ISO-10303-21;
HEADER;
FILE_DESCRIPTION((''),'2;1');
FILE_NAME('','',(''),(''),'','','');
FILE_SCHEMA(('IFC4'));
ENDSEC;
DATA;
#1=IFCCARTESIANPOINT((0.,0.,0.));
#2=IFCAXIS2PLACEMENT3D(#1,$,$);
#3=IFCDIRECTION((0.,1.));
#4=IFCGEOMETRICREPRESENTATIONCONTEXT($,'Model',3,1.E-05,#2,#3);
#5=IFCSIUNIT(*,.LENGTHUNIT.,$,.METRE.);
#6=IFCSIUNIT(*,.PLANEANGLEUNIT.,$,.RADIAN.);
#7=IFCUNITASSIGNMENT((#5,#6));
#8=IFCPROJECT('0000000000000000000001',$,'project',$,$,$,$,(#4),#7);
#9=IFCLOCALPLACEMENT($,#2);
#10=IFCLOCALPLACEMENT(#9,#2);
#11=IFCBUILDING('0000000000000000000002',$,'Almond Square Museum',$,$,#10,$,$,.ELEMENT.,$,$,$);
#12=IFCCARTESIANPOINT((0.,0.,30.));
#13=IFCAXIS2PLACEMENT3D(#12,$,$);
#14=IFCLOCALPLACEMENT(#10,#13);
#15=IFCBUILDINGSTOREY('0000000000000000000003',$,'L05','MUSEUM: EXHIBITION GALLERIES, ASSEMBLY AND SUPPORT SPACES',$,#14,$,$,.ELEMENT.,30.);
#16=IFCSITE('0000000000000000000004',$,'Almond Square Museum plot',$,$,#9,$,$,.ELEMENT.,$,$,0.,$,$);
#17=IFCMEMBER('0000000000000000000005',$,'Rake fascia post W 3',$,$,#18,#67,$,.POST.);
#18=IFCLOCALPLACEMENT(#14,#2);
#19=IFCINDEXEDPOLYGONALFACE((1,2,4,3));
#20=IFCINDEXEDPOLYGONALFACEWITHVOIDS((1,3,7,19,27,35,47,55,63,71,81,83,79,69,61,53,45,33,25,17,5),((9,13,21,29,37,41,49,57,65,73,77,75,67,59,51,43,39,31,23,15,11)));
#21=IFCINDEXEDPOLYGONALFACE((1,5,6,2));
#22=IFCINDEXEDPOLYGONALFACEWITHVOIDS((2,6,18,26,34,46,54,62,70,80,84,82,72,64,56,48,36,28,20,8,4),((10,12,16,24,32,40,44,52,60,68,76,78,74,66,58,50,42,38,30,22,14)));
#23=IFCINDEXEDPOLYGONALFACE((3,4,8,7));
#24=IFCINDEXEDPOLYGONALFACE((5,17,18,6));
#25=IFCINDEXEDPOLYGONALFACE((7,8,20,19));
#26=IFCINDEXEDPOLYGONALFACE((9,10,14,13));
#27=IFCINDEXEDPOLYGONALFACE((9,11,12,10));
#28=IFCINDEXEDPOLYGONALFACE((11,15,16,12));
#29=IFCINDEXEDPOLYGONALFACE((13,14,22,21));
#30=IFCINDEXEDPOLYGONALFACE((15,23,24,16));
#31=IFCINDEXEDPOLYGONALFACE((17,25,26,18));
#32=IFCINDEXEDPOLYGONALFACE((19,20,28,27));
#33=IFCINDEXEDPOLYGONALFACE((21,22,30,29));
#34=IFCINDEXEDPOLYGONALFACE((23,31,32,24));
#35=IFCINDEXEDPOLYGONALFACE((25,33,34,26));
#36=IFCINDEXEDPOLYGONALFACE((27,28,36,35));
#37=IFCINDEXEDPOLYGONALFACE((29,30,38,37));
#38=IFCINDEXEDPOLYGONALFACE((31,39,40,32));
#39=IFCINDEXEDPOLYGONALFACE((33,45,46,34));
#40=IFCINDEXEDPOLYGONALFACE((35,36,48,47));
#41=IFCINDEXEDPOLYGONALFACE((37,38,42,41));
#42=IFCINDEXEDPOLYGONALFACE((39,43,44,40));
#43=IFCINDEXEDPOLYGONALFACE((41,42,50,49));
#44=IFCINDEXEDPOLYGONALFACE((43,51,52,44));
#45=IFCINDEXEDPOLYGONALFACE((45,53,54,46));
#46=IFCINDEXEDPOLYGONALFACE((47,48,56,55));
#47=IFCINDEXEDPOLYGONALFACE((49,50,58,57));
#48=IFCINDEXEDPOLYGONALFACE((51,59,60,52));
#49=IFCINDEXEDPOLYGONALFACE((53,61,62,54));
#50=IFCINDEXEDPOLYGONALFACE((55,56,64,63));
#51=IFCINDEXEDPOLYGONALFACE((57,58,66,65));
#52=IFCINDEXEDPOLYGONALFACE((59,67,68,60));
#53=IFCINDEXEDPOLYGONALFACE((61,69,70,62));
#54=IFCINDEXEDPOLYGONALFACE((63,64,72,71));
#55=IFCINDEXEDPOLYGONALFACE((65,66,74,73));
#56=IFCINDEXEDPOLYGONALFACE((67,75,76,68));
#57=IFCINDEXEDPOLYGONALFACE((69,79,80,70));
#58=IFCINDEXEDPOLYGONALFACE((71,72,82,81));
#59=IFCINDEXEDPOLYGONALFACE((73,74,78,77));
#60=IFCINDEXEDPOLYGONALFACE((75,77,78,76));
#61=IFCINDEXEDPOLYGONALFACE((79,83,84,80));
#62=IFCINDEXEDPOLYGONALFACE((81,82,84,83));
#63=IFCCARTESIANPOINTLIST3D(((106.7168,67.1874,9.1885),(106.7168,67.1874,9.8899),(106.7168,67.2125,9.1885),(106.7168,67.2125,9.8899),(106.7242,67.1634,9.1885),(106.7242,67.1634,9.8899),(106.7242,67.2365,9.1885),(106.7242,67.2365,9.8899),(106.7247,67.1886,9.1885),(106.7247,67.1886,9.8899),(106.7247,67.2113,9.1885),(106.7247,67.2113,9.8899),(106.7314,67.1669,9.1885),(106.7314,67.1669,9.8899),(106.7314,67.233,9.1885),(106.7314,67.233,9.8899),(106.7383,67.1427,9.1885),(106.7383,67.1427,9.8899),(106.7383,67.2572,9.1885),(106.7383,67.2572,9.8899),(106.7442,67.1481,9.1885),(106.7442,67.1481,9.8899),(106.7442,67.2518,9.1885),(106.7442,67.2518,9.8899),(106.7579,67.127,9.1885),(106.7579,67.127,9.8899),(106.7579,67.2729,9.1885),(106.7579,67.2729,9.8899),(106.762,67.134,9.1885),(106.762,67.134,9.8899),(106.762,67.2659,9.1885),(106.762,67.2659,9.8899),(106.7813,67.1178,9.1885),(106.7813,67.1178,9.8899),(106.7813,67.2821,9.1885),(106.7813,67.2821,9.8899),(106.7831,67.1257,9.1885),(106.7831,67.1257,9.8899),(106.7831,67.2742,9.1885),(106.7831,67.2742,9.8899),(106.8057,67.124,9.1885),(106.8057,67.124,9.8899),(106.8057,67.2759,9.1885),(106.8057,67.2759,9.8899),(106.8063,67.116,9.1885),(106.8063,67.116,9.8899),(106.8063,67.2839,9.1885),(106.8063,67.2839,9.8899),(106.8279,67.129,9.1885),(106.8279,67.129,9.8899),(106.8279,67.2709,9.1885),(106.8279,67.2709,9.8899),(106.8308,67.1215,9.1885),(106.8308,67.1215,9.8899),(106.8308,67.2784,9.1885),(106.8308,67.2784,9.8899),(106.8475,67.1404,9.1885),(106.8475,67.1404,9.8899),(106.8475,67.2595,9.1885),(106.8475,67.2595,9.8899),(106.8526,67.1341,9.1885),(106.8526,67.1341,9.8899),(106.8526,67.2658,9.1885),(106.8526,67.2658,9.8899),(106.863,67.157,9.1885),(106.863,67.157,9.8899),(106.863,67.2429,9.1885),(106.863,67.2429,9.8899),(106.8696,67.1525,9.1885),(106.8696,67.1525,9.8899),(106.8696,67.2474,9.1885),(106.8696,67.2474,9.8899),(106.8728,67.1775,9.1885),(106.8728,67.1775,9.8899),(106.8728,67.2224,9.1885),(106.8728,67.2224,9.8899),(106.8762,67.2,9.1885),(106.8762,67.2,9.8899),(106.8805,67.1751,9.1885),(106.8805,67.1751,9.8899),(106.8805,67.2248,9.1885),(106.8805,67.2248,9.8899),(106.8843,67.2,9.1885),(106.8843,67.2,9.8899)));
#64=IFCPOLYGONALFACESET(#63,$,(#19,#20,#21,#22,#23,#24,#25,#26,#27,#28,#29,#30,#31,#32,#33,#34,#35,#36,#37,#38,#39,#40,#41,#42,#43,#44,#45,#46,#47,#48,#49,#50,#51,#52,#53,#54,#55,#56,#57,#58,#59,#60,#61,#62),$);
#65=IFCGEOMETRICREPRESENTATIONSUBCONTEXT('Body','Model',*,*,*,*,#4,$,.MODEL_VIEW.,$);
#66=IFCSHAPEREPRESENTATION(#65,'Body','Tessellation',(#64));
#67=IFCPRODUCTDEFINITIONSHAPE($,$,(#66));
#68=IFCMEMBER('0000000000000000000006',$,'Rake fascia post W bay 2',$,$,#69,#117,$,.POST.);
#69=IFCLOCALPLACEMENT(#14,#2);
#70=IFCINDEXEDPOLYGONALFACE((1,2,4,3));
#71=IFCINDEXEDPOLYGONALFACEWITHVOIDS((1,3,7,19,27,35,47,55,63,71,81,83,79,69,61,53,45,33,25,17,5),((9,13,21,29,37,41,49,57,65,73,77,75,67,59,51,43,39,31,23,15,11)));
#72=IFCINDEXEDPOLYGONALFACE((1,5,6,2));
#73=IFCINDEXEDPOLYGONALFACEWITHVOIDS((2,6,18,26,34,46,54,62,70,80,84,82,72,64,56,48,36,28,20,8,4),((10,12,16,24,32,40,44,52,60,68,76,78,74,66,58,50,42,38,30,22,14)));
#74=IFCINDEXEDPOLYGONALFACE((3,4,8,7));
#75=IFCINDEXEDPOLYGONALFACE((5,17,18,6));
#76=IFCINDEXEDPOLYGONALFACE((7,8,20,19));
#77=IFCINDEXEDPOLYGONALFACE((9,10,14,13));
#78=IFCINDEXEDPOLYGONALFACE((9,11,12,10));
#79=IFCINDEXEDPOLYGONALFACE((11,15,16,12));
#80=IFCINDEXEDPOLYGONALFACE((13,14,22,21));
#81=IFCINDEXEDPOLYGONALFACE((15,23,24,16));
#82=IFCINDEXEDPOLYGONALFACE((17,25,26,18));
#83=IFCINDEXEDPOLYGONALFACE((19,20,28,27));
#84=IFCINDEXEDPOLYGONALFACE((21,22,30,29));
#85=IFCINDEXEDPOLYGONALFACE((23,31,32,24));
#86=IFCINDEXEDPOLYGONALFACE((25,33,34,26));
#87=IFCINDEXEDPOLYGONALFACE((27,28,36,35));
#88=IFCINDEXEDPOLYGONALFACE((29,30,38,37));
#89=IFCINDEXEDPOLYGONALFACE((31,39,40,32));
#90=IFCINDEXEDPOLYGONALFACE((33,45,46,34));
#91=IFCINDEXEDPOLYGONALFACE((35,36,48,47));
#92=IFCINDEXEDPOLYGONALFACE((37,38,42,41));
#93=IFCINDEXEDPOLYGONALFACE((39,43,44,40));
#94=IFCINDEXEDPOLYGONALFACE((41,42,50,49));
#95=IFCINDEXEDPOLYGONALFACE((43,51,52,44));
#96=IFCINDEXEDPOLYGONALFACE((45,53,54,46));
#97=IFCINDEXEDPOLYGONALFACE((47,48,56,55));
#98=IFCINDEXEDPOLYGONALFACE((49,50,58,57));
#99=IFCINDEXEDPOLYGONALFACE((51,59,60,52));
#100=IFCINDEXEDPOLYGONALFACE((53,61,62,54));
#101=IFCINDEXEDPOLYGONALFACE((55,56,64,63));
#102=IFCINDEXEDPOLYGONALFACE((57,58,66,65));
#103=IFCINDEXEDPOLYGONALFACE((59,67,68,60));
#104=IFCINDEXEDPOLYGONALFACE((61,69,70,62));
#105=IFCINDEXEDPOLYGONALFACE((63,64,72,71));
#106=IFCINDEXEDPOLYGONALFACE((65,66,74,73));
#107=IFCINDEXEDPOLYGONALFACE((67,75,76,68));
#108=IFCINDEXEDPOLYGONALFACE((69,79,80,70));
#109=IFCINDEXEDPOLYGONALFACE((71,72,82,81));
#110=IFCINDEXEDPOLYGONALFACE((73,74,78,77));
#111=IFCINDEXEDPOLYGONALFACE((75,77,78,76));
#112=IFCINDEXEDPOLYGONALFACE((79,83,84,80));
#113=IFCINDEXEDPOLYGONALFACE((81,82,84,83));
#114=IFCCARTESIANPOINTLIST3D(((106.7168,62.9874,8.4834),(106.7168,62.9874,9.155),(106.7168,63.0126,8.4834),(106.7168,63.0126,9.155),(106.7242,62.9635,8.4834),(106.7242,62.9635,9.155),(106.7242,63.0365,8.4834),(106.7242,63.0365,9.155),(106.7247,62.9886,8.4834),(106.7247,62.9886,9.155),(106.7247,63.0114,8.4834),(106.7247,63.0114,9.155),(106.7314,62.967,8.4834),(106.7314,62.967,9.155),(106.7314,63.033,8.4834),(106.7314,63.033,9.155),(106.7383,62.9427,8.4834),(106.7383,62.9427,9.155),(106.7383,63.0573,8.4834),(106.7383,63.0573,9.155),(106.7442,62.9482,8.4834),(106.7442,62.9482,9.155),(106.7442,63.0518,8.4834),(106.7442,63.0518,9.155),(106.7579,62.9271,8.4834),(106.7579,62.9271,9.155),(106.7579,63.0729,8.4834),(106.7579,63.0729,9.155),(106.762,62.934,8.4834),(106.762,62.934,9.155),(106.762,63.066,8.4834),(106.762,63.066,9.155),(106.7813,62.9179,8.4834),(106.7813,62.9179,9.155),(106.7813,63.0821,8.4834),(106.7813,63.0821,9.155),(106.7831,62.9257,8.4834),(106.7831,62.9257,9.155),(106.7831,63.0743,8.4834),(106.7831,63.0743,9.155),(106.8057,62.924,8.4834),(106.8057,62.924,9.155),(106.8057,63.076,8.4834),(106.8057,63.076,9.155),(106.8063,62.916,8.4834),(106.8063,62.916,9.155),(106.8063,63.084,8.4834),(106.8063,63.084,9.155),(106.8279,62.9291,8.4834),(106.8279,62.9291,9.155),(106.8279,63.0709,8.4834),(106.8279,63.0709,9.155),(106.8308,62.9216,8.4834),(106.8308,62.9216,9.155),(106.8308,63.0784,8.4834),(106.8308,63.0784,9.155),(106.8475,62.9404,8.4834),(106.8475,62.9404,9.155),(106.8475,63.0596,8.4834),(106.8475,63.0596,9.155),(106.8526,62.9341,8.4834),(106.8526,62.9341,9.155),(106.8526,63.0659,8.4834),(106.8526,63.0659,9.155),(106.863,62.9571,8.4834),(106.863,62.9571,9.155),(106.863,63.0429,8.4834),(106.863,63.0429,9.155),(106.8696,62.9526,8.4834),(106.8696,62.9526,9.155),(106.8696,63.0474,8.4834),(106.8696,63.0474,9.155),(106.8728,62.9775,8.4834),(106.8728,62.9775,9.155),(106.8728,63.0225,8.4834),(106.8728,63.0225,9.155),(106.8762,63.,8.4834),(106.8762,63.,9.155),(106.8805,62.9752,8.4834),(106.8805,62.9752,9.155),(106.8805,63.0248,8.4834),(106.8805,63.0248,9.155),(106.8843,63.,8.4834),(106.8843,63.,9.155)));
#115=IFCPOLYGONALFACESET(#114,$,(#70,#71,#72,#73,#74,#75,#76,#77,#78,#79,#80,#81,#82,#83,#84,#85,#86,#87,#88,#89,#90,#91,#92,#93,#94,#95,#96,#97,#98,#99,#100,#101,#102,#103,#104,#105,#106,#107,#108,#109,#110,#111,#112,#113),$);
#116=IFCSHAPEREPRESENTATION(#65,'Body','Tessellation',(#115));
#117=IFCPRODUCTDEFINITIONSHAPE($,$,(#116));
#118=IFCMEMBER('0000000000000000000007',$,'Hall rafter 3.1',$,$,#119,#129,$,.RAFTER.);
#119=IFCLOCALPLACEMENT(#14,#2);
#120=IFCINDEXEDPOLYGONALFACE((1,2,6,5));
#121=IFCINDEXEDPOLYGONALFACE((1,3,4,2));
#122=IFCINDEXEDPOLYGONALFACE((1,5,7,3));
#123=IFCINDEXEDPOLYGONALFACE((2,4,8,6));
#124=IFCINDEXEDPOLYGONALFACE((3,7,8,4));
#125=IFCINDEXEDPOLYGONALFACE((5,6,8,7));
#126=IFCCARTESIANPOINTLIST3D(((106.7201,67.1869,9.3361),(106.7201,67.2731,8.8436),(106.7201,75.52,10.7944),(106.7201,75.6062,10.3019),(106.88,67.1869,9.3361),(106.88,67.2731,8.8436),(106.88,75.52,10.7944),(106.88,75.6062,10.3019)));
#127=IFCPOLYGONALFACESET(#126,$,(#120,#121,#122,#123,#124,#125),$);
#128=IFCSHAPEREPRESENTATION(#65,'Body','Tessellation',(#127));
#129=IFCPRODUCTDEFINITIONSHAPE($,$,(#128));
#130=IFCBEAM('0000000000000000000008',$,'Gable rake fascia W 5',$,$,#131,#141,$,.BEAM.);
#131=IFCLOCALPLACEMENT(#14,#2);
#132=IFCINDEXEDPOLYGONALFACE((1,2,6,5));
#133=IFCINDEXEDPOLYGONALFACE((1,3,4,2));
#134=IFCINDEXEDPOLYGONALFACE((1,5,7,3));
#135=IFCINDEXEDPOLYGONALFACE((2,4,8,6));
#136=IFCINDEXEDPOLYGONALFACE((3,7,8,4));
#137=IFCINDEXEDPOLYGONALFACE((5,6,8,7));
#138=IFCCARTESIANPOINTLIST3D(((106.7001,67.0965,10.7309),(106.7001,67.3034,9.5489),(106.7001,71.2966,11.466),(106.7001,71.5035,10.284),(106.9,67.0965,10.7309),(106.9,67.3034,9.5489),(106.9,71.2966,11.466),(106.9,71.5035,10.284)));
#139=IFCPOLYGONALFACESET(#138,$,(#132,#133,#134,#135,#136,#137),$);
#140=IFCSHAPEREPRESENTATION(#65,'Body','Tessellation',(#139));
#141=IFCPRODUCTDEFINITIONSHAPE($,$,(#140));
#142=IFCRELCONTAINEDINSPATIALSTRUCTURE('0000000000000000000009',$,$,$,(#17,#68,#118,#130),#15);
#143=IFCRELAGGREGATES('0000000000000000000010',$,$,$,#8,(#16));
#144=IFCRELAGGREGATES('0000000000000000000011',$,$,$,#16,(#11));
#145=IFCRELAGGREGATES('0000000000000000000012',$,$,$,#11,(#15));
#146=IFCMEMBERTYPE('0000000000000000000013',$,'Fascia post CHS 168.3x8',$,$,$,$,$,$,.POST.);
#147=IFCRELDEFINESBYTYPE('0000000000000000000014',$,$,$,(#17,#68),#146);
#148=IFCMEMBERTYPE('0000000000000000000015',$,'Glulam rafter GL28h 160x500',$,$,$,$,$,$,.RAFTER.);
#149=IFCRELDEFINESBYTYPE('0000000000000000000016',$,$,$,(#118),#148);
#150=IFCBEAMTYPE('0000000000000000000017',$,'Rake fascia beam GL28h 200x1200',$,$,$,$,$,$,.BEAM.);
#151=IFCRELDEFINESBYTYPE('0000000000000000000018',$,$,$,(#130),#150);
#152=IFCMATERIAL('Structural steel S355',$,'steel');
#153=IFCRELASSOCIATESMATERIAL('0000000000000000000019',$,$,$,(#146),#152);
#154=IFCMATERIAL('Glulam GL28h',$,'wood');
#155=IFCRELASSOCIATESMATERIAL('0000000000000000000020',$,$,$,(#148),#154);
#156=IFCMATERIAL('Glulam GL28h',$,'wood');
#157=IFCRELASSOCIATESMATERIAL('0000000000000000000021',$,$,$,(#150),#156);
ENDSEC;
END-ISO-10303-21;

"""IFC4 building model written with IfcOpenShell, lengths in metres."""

from ifc_helpers import new_model, si_unit, direction, frame, origin, origin_2d, place, context, subcontext, project, spatial, rectangle, hollow_circle, extrude, material, material_profile, profile_set, type_object, element, save


model = new_model("IFC4")

# Units and contexts
model_context = context("Model", 3, precision=1e-05, world=origin(), true_north=direction((0.0, 1.0)))
body_context = subcontext(model_context, "Body", "Model", "MODEL_VIEW")
ifc_project = project(units=[si_unit("LENGTHUNIT", "METRE"), si_unit("PLANEANGLEUNIT", "RADIAN")], contexts=[model_context])

# Site, building, storey
site_placement = place(None, origin())
site = spatial("IfcSite", under=ifc_project, at=site_placement, Name="Almond Square Museum plot", CompositionType="ELEMENT", RefElevation=0.0)
building_placement = place(site_placement, origin())
building = spatial("IfcBuilding", under=site, at=building_placement, Name="Almond Square Museum", CompositionType="ELEMENT")
storey_placement = place(building_placement, frame((0.0, 0.0, 30.0)))
storey = spatial("IfcBuildingStorey", under=building, at=storey_placement, Name="L05", Description="MUSEUM: EXHIBITION GALLERIES, ASSEMBLY AND SUPPORT SPACES", CompositionType="ELEMENT", Elevation=30.0)

# Members
ifc_material_1 = material(Name="Structural steel S355", Category="steel")
ifc_material_profile_1 = material_profile(ifc_material_1, hollow_circle(Radius=0.0842, WallThickness=0.0081, at=origin_2d()))
ifc_profile_set_1 = profile_set([ifc_material_profile_1], Name="Structural steel S355")
member_type_1 = type_object("IfcMemberType", Name="Fascia post CHS 168.3x8", PredefinedType="POST", material=ifc_profile_set_1)
member_1_placement = place(storey_placement, frame((106.8, 67.2, 9.1885), z_axis=(0.0, 0.0, 1.0), x_axis=(1.0, 0.0, 0.0)))
element("IfcMember", 1, at=member_1_placement, inside=storey, type_object=member_type_1, Name="Rake fascia post W 3", PredefinedType="POST", context=body_context, shape_type="SweptSolid", body=[
    extrude(hollow_circle(Radius=0.0842, WallThickness=0.0081, at=origin_2d()), origin(), (0.0, 0.0, 1.0), 0.7014),
])
member_2_placement = place(storey_placement, frame((106.8, 63.0, 8.4834), z_axis=(0.0, 0.0, 1.0), x_axis=(1.0, 0.0, 0.0)))
element("IfcMember", 2, at=member_2_placement, inside=storey, type_object=member_type_1, Name="Rake fascia post W bay 2", PredefinedType="POST", context=body_context, shape_type="SweptSolid", body=[
    extrude(hollow_circle(Radius=0.0842, WallThickness=0.0081, at=origin_2d()), origin(), (0.0, 0.0, 1.0), 0.6716),
])
ifc_material_2 = material(Name="Glulam GL28h", Category="wood")
ifc_material_profile_2 = material_profile(ifc_material_2, rectangle(XDim=0.1599, YDim=0.5, at=origin_2d()))
ifc_profile_set_2 = profile_set([ifc_material_profile_2], Name="Glulam GL28h")
member_type_2 = type_object("IfcMemberType", Name="Glulam rafter GL28h 160x500", PredefinedType="RAFTER", material=ifc_profile_set_2)
member_3_placement = place(storey_placement, frame((106.8, 67.23, 9.0898), z_axis=(0.0, 0.985031, 0.172378), x_axis=(-1.0, 0.0, 0.0)))
element("IfcMember", 3, at=member_3_placement, inside=storey, type_object=member_type_2, Name="Hall rafter 3.1", PredefinedType="RAFTER", context=body_context, shape_type="SweptSolid", body=[
    extrude(rectangle(XDim=0.1599, YDim=0.5, at=origin_2d()), origin(), (0.0, 0.0, 1.0), 8.4597),
])

# Beam
ifc_material_3 = material(Name="Glulam GL28h", Category="wood")
ifc_material_profile_3 = material_profile(ifc_material_3, rectangle(XDim=0.2, YDim=1.2, at=origin_2d()))
ifc_profile_set_3 = profile_set([ifc_material_profile_3], Name="Glulam GL28h")
beam_type = type_object("IfcBeamType", Name="Rake fascia beam GL28h 200x1200", PredefinedType="BEAM", material=ifc_profile_set_3)
beam_placement = place(storey_placement, frame((106.8, 67.2, 10.1399), z_axis=(0.0, 0.985026, 0.172407), x_axis=(-1.0, 0.0, 0.0)))
element("IfcBeam", 4, at=beam_placement, inside=storey, type_object=beam_type, Name="Gable rake fascia W 5", PredefinedType="BEAM", context=body_context, shape_type="SweptSolid", body=[
    extrude(rectangle(XDim=0.2, YDim=1.2, at=origin_2d()), origin(), (0.0, 0.0, 1.0), 4.2639),
])

save(model, "model.ifc")
